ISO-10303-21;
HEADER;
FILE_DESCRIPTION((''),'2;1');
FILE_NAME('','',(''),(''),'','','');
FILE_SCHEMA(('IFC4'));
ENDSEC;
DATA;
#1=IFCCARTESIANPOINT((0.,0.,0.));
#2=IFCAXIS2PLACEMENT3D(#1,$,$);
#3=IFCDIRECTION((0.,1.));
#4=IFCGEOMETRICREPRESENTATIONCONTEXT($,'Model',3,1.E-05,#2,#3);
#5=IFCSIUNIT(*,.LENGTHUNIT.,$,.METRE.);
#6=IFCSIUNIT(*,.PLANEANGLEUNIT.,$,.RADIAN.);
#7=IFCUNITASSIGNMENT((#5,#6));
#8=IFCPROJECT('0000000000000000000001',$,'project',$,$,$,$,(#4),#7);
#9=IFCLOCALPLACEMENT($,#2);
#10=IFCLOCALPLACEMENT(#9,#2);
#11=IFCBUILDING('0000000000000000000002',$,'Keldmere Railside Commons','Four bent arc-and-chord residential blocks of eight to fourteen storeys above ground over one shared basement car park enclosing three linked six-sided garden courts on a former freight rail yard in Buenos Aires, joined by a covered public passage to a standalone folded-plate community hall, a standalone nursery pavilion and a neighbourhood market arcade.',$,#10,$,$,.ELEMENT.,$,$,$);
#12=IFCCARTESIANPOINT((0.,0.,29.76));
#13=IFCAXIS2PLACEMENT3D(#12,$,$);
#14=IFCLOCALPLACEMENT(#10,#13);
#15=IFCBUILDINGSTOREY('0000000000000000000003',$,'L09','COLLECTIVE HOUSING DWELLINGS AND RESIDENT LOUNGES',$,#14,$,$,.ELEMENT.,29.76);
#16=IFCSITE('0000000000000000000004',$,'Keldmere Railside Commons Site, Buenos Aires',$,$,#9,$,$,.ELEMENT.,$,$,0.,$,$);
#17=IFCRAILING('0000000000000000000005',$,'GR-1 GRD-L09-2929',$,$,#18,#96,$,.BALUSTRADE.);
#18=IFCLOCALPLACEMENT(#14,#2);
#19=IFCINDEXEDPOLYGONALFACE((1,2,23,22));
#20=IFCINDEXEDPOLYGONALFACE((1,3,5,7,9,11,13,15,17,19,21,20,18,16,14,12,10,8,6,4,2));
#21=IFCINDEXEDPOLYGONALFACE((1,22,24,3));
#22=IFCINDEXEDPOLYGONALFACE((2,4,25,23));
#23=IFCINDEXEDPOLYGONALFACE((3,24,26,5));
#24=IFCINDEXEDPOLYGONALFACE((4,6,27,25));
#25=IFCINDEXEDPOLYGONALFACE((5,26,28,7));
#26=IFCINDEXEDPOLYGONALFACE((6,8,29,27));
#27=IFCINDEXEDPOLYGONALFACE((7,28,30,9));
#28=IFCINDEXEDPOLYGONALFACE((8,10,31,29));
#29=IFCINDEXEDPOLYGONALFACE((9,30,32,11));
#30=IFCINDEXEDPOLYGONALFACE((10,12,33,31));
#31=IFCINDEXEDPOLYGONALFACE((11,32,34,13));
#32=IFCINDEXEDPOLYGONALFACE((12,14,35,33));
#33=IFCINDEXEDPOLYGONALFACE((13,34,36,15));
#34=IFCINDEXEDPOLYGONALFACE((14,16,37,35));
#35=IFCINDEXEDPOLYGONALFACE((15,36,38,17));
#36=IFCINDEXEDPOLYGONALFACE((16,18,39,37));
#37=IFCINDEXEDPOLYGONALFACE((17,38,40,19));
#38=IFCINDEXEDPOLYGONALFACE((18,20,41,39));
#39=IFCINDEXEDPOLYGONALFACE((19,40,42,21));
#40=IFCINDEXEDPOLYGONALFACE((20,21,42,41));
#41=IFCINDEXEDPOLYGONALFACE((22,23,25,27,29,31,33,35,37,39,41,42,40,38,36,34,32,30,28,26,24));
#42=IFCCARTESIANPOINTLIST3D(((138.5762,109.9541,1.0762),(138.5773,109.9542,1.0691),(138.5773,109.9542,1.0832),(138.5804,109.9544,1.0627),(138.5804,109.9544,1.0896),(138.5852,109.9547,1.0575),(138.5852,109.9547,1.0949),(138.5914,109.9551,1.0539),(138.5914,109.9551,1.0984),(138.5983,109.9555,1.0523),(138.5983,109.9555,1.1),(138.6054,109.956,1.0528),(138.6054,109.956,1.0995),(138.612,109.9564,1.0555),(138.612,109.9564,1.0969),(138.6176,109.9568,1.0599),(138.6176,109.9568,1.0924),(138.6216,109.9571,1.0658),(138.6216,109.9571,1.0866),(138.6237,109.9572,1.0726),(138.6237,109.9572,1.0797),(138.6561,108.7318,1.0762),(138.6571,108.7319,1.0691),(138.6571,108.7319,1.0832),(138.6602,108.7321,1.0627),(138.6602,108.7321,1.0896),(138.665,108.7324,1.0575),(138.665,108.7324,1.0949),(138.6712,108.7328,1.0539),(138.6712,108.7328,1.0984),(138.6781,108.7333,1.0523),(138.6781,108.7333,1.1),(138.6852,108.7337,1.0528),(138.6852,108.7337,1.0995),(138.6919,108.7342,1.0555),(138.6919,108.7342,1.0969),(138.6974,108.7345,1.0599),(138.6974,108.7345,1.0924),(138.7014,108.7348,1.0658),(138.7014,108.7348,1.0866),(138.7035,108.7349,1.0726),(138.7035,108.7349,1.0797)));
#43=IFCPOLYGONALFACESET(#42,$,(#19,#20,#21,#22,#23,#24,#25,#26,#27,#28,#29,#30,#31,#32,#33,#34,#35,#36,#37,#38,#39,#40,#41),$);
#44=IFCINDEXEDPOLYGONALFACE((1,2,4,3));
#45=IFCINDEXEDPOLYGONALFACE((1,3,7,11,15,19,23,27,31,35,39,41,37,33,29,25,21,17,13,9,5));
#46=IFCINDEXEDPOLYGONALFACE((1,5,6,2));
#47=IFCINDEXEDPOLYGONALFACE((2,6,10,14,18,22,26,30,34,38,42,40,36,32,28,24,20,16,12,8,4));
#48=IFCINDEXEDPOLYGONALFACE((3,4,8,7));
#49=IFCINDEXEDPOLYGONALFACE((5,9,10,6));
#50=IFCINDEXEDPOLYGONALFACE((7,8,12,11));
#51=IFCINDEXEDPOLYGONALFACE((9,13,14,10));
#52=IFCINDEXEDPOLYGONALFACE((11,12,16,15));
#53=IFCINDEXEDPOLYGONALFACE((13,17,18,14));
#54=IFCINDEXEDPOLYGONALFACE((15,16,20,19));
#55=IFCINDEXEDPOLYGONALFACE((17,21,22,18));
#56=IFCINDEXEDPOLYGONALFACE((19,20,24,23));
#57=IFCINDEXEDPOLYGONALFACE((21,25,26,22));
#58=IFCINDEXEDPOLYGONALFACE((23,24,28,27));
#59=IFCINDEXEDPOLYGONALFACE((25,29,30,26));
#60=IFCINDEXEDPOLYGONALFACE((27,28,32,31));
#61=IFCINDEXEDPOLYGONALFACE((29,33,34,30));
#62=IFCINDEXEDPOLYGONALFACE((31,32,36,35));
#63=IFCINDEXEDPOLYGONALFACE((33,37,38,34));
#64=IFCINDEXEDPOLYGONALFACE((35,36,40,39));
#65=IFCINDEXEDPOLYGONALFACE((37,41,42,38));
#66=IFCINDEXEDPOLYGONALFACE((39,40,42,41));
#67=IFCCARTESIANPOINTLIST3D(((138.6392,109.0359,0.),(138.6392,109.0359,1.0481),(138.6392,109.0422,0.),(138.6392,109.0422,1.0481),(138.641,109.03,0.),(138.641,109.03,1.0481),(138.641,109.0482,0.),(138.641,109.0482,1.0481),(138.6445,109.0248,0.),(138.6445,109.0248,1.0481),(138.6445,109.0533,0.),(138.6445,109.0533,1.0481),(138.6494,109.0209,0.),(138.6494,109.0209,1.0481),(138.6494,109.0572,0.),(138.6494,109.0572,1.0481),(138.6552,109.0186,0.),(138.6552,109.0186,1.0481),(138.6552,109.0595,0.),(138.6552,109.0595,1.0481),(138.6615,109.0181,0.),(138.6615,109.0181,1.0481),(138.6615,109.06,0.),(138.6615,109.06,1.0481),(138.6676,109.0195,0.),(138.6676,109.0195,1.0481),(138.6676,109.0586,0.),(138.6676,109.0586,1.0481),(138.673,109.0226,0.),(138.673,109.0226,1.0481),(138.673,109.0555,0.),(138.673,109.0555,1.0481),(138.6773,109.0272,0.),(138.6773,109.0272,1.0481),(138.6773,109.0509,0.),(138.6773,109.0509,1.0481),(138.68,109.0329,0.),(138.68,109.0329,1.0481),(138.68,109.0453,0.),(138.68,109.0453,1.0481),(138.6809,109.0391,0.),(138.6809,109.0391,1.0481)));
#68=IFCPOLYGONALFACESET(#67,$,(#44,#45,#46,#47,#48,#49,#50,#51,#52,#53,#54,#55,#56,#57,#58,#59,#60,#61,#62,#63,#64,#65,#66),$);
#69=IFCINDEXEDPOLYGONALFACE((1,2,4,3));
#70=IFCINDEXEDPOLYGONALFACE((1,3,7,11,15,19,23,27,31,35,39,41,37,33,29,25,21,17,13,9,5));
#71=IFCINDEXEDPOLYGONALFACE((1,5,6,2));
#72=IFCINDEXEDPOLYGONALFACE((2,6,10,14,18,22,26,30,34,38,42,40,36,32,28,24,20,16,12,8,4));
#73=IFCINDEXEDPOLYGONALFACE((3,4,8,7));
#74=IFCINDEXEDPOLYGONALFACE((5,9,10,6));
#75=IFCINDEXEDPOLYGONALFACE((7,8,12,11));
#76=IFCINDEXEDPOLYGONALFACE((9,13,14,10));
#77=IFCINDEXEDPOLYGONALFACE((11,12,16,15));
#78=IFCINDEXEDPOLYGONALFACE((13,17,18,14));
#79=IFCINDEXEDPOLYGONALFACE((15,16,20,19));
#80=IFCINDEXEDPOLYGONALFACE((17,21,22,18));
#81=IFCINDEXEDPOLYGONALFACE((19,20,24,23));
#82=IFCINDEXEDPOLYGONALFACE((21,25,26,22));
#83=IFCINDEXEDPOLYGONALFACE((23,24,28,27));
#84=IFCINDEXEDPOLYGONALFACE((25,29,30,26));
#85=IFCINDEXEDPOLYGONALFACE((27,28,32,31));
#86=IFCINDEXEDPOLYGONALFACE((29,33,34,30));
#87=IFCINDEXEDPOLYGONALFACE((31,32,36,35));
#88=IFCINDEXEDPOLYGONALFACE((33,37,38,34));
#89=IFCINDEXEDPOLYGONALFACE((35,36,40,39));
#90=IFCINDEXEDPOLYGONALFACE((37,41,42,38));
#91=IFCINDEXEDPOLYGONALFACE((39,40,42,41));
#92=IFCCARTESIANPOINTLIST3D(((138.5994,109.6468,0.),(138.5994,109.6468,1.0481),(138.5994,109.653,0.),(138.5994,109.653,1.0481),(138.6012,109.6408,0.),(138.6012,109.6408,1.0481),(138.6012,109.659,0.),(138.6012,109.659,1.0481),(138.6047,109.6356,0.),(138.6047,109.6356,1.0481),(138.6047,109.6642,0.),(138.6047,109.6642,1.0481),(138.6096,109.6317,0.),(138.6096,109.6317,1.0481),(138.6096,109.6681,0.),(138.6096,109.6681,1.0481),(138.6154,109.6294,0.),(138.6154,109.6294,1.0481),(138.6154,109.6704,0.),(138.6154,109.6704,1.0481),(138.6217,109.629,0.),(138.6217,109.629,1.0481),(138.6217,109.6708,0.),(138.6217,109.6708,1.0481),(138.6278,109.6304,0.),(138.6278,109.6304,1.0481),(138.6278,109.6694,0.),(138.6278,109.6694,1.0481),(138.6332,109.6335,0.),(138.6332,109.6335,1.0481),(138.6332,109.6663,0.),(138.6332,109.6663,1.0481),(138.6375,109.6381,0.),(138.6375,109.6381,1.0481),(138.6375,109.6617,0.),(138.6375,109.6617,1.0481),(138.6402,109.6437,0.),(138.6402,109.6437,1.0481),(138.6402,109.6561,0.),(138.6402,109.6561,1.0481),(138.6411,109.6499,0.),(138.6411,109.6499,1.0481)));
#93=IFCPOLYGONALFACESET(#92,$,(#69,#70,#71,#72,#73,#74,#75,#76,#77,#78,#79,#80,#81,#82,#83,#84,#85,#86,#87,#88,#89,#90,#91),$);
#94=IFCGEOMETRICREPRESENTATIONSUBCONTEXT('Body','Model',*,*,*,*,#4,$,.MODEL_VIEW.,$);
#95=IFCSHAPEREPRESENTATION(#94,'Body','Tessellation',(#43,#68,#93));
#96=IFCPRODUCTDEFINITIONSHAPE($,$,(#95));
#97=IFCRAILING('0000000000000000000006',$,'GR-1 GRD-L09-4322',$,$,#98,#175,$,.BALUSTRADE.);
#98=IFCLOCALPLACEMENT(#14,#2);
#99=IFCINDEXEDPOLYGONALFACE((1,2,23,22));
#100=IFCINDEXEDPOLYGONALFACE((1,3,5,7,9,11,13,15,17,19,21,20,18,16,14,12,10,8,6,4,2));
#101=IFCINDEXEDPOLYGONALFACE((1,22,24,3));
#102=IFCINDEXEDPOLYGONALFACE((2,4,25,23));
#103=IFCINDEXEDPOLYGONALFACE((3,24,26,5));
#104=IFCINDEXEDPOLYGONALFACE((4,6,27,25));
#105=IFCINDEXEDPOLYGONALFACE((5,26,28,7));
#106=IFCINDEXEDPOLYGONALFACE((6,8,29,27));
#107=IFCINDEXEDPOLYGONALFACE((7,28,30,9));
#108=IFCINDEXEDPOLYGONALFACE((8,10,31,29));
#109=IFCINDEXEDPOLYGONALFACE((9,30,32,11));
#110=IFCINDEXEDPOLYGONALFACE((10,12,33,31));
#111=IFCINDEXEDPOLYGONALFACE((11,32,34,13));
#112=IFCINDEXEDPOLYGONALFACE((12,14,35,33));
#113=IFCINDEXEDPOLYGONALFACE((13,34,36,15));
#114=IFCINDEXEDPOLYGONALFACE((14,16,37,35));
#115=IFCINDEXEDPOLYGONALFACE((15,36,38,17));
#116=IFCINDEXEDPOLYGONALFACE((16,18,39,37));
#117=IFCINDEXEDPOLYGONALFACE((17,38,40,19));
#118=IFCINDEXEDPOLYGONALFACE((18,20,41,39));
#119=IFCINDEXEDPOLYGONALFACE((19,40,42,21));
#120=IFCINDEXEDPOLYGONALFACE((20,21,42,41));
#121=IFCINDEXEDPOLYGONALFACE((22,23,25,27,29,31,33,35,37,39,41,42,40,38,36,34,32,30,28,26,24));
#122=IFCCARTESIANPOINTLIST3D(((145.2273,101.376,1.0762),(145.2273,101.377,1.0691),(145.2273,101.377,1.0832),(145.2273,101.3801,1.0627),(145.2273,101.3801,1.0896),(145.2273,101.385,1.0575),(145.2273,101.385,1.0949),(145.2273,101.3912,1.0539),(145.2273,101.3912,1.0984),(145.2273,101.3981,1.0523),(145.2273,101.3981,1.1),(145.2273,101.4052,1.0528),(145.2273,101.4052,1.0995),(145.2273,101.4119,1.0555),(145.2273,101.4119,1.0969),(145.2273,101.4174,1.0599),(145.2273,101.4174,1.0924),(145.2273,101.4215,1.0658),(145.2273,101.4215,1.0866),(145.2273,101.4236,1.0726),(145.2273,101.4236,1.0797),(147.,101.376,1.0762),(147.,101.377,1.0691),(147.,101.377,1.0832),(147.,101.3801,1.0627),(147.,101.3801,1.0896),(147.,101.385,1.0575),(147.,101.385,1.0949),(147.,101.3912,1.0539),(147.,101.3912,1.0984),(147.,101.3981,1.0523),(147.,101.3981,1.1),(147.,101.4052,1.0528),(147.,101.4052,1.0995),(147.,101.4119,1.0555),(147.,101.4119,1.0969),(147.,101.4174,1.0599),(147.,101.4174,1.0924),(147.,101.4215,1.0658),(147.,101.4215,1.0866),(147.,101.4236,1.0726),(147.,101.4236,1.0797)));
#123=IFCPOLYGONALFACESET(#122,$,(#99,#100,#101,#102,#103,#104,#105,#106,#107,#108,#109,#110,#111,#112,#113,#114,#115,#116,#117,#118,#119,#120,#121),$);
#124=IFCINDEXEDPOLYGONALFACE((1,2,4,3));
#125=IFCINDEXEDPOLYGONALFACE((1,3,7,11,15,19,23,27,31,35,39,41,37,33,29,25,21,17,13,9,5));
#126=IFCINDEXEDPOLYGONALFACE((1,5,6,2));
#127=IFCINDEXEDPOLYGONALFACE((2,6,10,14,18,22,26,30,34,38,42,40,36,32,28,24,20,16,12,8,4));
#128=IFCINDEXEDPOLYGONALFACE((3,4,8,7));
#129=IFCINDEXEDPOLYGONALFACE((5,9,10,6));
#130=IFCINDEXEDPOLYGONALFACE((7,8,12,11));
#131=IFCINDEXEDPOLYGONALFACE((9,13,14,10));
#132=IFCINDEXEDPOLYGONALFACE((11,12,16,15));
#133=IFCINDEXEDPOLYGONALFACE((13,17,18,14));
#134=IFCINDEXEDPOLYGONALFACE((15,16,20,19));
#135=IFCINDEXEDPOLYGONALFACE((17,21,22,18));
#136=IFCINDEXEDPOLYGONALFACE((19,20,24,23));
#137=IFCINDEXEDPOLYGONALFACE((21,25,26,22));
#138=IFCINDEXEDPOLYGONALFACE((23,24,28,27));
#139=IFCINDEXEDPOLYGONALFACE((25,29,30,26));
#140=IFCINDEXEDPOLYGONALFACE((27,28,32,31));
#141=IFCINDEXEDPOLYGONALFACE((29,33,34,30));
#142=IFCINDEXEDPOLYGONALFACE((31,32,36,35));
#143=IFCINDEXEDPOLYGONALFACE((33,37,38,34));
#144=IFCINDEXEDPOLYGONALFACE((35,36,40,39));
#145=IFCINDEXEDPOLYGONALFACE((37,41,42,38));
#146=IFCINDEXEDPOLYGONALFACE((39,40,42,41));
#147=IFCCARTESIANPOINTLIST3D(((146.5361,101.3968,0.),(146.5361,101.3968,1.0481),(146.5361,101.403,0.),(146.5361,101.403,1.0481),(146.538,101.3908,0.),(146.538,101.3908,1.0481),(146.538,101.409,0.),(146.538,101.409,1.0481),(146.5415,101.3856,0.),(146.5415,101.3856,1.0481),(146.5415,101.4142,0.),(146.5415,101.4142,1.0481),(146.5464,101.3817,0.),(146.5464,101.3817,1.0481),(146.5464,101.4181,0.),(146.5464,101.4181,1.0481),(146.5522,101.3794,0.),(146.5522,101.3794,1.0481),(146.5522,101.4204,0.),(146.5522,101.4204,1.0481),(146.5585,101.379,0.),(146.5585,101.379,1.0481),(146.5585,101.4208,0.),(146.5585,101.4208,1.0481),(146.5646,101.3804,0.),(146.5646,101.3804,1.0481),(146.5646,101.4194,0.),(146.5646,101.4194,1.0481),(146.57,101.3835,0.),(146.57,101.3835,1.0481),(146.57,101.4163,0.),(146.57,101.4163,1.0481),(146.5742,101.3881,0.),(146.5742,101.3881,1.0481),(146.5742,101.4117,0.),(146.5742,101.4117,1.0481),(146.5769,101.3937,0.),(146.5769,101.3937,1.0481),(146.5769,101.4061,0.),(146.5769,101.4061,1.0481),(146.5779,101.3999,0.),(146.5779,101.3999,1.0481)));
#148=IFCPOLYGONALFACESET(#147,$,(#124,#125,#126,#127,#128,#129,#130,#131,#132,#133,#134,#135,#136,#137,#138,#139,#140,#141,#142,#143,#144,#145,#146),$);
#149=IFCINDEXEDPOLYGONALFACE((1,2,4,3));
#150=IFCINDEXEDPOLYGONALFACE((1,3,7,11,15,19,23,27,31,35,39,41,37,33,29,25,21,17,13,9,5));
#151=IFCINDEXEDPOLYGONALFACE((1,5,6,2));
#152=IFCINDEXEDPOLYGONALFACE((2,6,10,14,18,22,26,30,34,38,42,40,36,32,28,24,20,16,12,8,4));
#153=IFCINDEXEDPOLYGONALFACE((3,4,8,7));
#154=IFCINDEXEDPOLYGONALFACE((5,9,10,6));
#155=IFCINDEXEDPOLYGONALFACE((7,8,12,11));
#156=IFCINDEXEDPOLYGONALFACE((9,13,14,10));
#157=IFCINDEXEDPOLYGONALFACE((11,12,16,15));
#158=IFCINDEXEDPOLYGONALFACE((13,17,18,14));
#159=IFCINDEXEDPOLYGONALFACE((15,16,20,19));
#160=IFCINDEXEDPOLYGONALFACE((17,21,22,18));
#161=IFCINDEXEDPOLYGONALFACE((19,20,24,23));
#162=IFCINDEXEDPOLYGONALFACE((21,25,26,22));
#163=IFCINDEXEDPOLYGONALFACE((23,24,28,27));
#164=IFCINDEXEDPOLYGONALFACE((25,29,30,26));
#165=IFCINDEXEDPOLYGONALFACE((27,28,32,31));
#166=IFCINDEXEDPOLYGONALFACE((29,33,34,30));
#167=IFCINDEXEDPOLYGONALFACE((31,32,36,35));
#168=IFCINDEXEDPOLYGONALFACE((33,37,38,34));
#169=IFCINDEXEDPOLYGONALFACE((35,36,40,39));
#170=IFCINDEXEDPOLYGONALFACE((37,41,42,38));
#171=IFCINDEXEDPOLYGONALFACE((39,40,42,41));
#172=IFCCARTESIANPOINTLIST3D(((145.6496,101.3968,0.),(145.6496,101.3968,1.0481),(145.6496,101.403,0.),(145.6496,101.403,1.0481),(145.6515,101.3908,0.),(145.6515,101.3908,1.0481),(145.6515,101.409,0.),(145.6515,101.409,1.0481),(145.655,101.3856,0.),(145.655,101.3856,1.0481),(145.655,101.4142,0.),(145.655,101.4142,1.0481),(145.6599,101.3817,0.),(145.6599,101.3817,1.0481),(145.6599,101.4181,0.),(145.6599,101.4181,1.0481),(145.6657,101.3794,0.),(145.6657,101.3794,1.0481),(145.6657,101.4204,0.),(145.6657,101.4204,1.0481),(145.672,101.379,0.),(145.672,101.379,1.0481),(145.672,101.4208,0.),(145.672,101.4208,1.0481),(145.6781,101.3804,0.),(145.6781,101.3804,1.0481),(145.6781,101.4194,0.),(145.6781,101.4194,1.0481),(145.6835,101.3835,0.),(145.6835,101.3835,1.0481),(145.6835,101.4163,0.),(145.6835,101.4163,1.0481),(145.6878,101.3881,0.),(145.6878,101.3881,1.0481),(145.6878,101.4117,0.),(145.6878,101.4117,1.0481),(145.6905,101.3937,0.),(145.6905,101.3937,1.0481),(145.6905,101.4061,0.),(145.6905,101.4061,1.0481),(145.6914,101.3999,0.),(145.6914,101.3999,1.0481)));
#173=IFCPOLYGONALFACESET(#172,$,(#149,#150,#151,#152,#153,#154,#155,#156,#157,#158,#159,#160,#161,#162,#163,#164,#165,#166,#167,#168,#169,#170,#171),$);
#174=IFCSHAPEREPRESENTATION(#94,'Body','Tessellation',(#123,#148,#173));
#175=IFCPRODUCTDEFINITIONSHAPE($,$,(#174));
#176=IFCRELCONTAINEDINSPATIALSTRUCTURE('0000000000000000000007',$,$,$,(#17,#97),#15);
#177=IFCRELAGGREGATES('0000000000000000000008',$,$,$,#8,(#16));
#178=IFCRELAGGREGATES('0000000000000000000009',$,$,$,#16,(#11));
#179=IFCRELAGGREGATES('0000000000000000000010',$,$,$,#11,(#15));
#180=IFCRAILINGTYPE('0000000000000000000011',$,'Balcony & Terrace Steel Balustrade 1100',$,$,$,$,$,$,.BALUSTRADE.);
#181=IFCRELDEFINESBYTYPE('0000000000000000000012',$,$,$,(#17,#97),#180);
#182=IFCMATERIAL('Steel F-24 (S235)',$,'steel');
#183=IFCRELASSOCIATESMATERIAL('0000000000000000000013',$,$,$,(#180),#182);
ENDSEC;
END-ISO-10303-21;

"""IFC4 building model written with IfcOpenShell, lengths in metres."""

from ifc_helpers import new_model, si_unit, direction, frame, origin, origin_2d, place, context, subcontext, project, spatial, circle, extrude, material, type_object, element, save


model = new_model("IFC4")

# Units and contexts
model_context = context("Model", 3, precision=1e-05, world=origin(), true_north=direction((0.0, 1.0)))
body_context = subcontext(model_context, "Body", "Model", "MODEL_VIEW")
ifc_project = project(units=[si_unit("LENGTHUNIT", "METRE"), si_unit("PLANEANGLEUNIT", "RADIAN")], contexts=[model_context])

# Site, building, storey
site_placement = place(None, origin())
site = spatial("IfcSite", under=ifc_project, at=site_placement, Name="Keldmere Railside Commons Site, Buenos Aires", CompositionType="ELEMENT", RefElevation=0.0)
building_placement = place(site_placement, origin())
building = spatial("IfcBuilding", under=site, at=building_placement, Name="Keldmere Railside Commons", Description="Four bent arc-and-chord residential blocks of eight to fourteen storeys above ground over one shared basement car park enclosing three linked six-sided garden courts on a former freight rail yard in Buenos Aires, joined by a covered public passage to a standalone folded-plate community hall, a standalone nursery pavilion and a neighbourhood market arcade.", CompositionType="ELEMENT")
storey_placement = place(building_placement, frame((0.0, 0.0, 29.76)))
storey = spatial("IfcBuildingStorey", under=building, at=storey_placement, Name="L09", Description="COLLECTIVE HOUSING DWELLINGS AND RESIDENT LOUNGES", CompositionType="ELEMENT", Elevation=29.76)

# Shared definitions
ifc_material_1 = material(Name="Steel F-24 (S235)", Category="steel")

# Railings
railing_type = type_object("IfcRailingType", Name="Balcony & Terrace Steel Balustrade 1100", PredefinedType="BALUSTRADE", material=ifc_material_1)
railing_1_placement = place(storey_placement, frame((138.6799, 108.7334, 0.0)))
element("IfcRailing", 1, at=railing_1_placement, inside=storey, type_object=railing_type, Name="GR-1 GRD-L09-2929", PredefinedType="BALUSTRADE", context=body_context, shape_type="SweptSolid", body=[
    extrude(circle(Radius=0.0239, at=origin_2d()), frame((0.0, 0.0, 1.0762), z_axis=(-0.065183, 0.997873, 0.0), x_axis=(-0.997873, -0.065183, 0.0)), (0.0, 0.0, 1.0), 1.2249),
    extrude(circle(Radius=0.021, at=origin_2d()), frame((-0.02, 0.3057, 0.0)), (0.0, 0.0, 1.0), 1.0481),
    extrude(circle(Radius=0.021, at=origin_2d()), frame((-0.0598, 0.9165, 0.0)), (0.0, 0.0, 1.0), 1.0481),
])
railing_2_placement = place(storey_placement, frame((147.0, 101.3999, 0.0)))
element("IfcRailing", 2, at=railing_2_placement, inside=storey, type_object=railing_type, Name="GR-1 GRD-L09-4322", PredefinedType="BALUSTRADE", context=body_context, shape_type="SweptSolid", body=[
    extrude(circle(Radius=0.0239, at=origin_2d()), frame((0.0, 0.0, 1.0762), z_axis=(-1.0, 0.0, 0.0), x_axis=(0.0, -1.0, 0.0)), (0.0, 0.0, 1.0), 1.7727),
    extrude(circle(Radius=0.021, at=origin_2d()), frame((-0.4431, 0.0, 0.0)), (0.0, 0.0, 1.0), 1.0481),
    extrude(circle(Radius=0.021, at=origin_2d()), frame((-1.3296, 0.0, 0.0)), (0.0, 0.0, 1.0), 1.0481),
])

save(model, "model.ifc")
